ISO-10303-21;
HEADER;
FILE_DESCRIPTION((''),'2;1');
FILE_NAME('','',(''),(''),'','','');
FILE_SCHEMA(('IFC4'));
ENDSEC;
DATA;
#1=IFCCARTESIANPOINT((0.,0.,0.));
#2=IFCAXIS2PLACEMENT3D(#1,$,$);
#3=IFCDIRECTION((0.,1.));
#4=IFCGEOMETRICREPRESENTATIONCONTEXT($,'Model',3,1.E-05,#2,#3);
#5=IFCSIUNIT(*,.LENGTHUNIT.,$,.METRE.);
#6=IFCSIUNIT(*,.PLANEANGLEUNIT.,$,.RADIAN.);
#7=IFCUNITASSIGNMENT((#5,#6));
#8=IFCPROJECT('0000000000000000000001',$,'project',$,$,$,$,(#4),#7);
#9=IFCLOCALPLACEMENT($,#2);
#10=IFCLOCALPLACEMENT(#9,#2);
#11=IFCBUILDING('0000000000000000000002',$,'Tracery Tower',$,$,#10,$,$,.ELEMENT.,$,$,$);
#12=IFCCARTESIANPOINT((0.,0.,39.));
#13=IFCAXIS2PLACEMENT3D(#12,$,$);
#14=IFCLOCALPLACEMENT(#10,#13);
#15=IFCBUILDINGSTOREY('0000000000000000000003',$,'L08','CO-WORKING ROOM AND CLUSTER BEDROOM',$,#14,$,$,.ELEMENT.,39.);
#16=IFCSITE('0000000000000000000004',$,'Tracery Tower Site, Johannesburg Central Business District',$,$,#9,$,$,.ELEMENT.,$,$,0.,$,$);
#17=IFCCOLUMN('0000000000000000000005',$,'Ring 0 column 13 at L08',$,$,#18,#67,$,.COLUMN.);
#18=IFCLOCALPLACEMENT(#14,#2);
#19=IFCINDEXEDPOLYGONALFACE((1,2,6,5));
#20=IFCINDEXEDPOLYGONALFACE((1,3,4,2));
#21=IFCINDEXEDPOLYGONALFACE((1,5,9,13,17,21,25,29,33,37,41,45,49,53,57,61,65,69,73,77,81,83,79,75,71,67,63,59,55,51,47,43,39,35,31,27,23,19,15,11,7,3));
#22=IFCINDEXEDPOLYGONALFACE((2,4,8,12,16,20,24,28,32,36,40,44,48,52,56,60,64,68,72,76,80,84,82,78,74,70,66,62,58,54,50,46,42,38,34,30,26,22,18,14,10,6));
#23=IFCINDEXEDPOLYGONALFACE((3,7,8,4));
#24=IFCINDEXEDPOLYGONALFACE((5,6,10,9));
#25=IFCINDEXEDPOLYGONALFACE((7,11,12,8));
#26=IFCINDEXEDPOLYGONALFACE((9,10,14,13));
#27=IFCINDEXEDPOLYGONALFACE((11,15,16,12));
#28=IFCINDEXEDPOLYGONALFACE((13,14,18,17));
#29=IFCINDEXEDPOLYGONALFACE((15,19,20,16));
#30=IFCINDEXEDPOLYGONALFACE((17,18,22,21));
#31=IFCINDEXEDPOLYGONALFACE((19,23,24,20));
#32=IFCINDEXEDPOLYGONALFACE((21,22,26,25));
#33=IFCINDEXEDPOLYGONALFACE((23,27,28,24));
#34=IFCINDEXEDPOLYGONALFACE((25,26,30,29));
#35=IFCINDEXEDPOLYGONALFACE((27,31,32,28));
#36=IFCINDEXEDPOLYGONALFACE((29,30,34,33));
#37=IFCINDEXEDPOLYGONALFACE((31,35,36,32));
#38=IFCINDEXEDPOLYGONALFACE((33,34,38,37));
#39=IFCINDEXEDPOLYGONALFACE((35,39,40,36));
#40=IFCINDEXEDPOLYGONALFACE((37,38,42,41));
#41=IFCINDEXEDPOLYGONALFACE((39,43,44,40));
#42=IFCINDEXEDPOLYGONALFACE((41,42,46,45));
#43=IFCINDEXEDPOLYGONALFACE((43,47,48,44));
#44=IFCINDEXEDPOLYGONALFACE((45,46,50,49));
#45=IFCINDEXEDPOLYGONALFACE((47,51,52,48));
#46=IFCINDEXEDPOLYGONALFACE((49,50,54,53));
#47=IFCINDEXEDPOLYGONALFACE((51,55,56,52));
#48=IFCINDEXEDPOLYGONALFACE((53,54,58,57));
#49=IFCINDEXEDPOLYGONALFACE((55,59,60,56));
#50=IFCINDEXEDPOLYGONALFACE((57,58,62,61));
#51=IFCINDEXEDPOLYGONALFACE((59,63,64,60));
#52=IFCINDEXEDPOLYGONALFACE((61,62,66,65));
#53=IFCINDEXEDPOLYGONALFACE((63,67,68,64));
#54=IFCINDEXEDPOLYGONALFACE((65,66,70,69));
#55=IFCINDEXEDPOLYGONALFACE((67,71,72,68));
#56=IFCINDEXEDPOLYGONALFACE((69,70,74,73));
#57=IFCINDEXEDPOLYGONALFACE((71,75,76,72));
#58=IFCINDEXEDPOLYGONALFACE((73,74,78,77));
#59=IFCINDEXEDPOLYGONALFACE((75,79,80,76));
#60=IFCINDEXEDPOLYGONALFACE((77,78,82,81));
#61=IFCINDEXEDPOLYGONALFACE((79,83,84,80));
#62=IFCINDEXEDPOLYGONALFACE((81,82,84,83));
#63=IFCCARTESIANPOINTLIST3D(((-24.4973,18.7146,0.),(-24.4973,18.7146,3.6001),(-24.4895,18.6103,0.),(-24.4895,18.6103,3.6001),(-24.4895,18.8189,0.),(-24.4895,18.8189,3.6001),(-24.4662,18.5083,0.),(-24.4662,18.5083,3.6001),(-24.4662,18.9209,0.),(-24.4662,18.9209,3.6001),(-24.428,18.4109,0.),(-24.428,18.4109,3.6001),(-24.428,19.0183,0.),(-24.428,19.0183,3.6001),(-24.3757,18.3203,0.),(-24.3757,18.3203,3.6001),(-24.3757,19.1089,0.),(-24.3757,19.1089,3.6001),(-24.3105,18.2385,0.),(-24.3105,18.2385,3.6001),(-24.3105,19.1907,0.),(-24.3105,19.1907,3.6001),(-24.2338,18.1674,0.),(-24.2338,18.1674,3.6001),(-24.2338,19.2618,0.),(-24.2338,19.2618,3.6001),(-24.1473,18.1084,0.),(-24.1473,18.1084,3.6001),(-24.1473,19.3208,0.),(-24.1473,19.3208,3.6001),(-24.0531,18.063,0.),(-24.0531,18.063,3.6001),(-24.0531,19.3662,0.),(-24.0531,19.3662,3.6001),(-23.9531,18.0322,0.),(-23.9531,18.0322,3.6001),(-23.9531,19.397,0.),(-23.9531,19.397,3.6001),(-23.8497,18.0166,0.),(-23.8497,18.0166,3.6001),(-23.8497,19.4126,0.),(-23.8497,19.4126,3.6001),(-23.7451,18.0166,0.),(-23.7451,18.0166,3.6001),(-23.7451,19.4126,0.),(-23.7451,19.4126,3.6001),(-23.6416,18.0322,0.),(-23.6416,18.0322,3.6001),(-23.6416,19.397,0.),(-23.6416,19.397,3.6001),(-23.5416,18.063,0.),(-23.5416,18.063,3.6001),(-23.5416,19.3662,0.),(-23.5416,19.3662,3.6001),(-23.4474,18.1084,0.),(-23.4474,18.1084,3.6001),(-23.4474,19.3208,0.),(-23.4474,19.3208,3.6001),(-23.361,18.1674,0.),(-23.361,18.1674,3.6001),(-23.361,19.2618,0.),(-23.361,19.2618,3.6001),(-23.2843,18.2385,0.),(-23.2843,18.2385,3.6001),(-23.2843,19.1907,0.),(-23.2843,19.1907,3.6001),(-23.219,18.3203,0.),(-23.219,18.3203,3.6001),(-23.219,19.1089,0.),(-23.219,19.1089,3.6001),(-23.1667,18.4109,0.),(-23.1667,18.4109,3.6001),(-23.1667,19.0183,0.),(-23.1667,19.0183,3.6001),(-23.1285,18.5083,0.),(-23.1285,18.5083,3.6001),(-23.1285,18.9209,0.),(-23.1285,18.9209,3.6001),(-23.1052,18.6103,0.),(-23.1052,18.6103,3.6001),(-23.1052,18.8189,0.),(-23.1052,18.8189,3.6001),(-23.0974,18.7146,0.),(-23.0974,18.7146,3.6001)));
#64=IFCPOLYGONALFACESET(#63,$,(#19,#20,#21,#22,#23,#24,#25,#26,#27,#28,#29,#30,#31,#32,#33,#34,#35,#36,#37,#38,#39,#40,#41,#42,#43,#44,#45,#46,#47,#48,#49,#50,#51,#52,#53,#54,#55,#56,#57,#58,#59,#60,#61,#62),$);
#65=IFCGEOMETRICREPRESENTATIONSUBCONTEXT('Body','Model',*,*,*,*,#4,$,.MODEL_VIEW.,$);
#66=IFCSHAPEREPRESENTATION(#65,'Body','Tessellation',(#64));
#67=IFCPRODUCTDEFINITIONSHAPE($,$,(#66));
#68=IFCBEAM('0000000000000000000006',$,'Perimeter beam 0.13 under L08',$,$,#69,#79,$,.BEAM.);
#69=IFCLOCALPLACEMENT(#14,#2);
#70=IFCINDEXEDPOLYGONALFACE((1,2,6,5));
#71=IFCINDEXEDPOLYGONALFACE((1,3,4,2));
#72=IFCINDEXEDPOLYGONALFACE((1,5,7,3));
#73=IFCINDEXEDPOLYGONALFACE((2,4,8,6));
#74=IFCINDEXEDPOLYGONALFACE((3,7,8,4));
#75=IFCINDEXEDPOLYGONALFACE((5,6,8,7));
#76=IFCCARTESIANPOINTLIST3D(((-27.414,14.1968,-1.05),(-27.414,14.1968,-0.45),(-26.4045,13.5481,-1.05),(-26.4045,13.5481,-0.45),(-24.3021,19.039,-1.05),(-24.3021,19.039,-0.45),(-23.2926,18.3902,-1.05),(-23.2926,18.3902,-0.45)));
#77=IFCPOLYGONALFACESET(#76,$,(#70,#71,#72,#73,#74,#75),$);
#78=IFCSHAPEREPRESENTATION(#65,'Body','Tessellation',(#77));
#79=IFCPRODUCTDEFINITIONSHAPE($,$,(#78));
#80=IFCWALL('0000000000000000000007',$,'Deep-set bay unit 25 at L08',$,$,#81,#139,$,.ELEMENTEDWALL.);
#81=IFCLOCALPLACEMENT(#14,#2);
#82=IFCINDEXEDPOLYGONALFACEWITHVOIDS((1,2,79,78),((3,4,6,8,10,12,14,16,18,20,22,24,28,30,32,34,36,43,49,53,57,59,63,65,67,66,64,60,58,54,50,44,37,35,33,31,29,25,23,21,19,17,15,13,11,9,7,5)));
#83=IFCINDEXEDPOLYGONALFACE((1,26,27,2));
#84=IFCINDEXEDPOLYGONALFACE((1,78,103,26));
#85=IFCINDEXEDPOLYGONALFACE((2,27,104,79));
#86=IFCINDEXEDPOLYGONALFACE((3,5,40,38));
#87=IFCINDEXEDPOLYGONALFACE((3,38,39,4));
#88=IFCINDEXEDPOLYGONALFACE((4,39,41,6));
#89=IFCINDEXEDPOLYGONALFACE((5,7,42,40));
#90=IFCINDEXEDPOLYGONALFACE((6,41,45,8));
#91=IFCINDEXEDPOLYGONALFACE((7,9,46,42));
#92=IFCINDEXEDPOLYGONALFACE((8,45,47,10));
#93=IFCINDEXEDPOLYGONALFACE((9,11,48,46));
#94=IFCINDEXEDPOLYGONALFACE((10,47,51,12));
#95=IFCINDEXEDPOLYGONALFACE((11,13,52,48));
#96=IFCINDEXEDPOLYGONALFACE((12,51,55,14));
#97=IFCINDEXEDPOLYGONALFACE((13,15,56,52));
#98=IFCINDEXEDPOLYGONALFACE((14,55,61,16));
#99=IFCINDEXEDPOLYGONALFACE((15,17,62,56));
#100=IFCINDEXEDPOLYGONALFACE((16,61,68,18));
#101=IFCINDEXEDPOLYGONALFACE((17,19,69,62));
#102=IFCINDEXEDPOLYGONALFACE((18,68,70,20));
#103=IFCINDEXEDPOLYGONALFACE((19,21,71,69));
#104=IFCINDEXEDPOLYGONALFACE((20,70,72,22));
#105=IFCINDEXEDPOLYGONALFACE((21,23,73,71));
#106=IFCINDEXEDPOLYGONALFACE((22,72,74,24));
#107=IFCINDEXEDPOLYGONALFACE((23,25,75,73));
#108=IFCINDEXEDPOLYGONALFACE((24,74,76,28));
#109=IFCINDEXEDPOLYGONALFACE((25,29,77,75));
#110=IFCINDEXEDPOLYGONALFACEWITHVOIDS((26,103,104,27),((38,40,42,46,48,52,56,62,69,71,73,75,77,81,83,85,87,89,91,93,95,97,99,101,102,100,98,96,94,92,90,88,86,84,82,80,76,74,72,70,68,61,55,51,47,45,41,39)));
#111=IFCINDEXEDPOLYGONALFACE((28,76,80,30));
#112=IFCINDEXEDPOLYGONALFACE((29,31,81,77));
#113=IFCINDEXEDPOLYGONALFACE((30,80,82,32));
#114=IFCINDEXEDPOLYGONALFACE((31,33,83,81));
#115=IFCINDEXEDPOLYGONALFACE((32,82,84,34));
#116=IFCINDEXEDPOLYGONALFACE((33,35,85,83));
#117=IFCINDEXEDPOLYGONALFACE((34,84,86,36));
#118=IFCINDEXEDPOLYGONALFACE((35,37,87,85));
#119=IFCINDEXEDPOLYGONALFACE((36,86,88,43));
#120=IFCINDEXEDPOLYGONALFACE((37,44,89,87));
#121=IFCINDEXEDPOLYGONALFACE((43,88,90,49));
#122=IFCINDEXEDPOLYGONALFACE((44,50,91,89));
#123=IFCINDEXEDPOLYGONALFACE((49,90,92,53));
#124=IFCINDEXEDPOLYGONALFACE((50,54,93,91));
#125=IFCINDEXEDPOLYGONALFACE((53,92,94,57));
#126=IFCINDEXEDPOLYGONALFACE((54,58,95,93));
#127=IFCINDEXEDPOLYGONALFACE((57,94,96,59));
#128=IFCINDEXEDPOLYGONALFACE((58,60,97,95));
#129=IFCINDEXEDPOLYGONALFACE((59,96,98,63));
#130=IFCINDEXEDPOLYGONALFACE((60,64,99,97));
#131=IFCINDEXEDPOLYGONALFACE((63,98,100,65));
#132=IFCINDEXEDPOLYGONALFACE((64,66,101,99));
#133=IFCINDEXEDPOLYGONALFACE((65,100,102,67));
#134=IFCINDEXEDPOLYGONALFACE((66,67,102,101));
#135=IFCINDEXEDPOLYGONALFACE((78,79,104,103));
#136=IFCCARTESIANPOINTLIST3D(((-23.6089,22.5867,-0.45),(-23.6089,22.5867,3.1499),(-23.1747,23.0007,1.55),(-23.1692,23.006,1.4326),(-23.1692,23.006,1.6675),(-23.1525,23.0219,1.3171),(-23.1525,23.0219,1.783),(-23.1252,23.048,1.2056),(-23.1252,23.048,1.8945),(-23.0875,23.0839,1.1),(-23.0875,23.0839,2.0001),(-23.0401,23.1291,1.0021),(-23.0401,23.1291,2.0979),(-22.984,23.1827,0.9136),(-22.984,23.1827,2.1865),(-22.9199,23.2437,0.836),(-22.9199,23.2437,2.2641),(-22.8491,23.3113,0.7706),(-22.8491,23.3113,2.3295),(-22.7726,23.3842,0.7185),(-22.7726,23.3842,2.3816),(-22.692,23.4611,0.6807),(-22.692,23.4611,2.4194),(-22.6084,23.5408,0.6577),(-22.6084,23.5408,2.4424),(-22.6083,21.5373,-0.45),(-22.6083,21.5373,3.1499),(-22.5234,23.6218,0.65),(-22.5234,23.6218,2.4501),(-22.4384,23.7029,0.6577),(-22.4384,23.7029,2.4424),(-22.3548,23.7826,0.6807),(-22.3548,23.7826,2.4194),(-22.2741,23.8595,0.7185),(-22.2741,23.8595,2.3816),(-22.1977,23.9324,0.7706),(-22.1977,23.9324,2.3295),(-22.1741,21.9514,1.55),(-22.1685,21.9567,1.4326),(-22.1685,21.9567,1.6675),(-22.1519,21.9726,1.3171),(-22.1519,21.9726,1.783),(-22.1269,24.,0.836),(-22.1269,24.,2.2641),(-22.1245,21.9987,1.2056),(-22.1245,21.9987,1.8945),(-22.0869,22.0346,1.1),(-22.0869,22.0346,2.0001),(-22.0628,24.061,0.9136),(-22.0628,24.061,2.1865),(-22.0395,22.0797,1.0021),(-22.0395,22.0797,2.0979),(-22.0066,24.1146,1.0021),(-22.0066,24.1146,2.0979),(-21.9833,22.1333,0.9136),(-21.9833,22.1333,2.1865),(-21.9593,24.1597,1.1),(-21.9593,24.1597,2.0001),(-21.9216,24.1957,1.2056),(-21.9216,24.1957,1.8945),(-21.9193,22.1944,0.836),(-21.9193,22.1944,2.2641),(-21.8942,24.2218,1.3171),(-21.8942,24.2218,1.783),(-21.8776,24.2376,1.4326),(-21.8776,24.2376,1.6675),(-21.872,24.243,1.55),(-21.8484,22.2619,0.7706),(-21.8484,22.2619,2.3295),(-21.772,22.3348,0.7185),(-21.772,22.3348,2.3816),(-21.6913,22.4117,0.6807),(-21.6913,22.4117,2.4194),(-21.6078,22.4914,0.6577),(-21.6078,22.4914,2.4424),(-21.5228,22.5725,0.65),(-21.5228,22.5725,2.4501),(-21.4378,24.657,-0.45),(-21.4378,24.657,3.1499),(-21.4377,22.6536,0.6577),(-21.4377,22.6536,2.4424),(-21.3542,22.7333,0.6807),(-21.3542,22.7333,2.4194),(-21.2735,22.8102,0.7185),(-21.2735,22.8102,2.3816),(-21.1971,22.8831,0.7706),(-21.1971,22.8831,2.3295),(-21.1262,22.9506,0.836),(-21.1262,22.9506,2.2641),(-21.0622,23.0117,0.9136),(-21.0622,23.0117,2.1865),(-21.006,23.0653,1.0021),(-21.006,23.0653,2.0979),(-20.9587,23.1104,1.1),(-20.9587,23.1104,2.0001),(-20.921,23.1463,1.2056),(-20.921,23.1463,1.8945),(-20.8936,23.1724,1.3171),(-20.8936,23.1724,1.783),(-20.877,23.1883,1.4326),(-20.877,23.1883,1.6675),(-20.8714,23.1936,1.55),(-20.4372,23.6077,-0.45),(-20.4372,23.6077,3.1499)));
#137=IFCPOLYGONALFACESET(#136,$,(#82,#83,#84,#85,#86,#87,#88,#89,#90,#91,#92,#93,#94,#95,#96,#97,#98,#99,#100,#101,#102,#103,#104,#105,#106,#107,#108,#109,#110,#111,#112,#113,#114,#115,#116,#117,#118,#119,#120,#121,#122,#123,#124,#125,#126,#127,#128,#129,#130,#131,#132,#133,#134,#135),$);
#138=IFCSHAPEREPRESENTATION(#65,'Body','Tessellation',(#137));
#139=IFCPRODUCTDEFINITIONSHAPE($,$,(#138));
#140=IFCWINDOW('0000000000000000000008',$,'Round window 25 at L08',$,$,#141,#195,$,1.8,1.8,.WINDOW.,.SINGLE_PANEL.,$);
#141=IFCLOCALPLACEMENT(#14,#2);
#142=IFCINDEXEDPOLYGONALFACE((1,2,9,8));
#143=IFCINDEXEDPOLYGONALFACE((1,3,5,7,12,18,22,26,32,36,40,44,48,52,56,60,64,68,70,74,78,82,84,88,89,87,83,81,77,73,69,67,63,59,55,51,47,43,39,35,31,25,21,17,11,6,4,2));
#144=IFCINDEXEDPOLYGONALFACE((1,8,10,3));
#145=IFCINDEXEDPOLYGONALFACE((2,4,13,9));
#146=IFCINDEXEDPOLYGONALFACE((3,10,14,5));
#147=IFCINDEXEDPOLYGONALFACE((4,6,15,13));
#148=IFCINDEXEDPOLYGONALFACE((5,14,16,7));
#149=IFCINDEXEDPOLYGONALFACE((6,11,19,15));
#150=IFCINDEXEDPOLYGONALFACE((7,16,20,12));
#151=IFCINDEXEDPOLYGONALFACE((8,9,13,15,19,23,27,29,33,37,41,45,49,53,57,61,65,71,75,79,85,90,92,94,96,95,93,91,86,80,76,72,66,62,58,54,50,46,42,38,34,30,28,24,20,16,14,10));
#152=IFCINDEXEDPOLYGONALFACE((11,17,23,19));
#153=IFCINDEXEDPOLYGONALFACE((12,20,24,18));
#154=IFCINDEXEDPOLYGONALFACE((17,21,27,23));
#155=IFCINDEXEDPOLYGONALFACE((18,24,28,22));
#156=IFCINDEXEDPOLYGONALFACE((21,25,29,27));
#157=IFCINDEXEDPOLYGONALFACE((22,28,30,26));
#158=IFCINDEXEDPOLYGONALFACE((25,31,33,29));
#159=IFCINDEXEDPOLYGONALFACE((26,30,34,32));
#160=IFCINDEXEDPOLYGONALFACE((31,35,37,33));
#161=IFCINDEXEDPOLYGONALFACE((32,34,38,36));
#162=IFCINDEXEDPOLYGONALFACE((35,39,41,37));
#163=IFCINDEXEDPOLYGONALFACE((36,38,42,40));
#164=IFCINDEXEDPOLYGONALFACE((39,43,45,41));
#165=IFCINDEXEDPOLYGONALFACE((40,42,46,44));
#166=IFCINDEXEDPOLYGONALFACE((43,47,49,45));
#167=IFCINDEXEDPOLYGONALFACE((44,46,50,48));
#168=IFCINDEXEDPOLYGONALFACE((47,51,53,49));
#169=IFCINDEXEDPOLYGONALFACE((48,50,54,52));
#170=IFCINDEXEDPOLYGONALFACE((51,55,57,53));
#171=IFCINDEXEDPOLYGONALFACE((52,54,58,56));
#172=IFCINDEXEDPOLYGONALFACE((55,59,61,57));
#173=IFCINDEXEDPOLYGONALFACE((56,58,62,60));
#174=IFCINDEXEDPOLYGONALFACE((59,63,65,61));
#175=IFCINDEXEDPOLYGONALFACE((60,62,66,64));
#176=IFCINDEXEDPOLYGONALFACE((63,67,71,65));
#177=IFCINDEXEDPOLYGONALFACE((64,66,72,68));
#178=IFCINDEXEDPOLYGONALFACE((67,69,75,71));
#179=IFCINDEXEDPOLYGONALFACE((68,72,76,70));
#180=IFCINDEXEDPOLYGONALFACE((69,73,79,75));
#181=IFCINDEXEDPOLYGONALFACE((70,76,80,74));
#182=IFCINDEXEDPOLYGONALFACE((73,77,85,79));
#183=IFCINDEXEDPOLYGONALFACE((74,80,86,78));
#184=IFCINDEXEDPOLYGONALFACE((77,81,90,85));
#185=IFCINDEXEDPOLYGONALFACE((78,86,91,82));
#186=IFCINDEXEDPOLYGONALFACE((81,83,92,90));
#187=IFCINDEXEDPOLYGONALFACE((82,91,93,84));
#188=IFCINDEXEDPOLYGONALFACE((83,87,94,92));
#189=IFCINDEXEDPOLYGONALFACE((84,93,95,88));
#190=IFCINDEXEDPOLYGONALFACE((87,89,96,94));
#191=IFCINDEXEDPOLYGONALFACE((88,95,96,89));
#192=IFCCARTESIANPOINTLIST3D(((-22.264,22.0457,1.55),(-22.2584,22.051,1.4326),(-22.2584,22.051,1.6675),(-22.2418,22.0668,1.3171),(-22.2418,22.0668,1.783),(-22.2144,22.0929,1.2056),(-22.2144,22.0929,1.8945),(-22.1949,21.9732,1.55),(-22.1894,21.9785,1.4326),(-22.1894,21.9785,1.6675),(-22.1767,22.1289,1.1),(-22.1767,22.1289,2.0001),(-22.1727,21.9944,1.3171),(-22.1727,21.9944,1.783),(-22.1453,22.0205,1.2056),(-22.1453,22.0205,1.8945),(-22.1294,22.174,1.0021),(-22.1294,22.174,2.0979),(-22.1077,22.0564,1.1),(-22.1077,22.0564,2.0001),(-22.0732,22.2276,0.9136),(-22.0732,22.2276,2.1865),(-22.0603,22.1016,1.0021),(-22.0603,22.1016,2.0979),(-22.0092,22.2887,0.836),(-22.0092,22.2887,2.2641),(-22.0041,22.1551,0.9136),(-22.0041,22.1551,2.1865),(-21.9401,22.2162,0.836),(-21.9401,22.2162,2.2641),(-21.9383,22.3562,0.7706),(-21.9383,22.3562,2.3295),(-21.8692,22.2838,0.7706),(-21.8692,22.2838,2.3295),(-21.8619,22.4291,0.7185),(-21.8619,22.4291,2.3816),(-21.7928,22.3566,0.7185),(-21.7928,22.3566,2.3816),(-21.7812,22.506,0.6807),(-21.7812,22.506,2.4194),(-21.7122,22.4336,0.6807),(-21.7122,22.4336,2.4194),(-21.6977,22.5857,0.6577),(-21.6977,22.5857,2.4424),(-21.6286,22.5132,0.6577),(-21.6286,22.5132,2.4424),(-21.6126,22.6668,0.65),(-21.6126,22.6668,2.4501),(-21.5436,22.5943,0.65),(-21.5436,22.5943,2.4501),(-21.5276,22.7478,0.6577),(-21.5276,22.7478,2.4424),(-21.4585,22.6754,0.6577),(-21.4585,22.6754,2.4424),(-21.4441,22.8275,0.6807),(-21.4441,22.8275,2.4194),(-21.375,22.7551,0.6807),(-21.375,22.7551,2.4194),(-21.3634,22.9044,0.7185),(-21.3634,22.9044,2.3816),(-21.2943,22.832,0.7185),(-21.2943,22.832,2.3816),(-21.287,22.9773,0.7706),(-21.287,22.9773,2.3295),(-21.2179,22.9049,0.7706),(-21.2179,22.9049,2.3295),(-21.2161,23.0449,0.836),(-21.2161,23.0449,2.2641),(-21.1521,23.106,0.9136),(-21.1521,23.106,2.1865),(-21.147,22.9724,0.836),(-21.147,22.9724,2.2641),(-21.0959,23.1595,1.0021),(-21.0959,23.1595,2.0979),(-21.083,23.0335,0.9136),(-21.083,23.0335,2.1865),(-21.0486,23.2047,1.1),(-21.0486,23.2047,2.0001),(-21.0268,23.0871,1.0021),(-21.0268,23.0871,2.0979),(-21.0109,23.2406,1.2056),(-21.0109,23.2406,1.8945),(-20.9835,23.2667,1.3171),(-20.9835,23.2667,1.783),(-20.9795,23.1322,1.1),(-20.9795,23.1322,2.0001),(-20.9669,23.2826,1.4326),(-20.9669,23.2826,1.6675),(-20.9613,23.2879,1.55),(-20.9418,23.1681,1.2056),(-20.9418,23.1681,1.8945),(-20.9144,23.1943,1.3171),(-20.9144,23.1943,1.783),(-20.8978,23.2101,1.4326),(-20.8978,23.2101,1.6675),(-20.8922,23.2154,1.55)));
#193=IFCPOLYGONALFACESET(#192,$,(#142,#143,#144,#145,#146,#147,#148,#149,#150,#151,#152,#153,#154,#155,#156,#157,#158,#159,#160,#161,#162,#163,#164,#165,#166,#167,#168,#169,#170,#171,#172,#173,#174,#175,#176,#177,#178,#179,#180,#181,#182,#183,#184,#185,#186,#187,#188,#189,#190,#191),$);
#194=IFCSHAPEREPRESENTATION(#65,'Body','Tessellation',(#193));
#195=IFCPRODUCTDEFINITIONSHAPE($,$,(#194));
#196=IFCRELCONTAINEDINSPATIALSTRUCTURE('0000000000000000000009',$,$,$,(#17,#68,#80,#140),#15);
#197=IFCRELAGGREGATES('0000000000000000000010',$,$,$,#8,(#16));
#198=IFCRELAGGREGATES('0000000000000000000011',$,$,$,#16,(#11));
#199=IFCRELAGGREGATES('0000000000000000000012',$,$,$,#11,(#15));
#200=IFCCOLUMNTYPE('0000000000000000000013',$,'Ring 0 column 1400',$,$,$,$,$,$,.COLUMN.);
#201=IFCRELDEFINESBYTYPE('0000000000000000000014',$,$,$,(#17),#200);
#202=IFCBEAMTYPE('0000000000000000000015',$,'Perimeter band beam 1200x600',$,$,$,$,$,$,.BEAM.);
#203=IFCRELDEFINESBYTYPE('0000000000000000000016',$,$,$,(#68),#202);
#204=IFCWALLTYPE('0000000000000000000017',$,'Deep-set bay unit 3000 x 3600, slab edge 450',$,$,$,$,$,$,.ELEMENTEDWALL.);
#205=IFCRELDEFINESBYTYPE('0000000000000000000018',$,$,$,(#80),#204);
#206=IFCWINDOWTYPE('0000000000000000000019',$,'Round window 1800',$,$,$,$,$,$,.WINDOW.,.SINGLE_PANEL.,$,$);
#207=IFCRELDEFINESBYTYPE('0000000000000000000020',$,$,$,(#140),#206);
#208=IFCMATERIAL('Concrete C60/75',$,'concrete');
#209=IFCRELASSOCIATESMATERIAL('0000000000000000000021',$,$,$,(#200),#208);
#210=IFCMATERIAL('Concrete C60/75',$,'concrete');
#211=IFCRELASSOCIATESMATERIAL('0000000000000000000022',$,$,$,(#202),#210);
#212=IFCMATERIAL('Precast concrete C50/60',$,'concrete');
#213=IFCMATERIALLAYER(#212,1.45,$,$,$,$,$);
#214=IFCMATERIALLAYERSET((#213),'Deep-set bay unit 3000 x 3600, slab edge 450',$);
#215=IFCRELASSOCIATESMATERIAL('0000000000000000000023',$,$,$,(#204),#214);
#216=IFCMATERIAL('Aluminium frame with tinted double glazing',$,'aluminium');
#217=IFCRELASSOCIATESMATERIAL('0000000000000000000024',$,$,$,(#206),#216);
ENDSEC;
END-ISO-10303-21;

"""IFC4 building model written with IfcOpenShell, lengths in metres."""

from ifc_helpers import new_model, si_unit, direction, frame, frame_2d, origin, origin_2d, place, context, subcontext, project, spatial, rectangle, circle, extrude, material, layer, layer_set, material_profile, profile_set, type_object, element, fill, save


model = new_model("IFC4")

# Units and contexts
model_context = context("Model", 3, precision=1e-05, world=origin(), true_north=direction((0.0, 1.0)))
body_context = subcontext(model_context, "Body", "Model", "MODEL_VIEW")
ifc_project = project(units=[si_unit("LENGTHUNIT", "METRE"), si_unit("PLANEANGLEUNIT", "RADIAN")], contexts=[model_context])

# Site, building, storey
site_placement = place(None, origin())
site = spatial("IfcSite", under=ifc_project, at=site_placement, Name="Tracery Tower Site, Johannesburg Central Business District", CompositionType="ELEMENT", RefElevation=0.0)
building_placement = place(site_placement, origin())
building = spatial("IfcBuilding", under=site, at=building_placement, Name="Tracery Tower", CompositionType="ELEMENT")
storey_placement = place(building_placement, frame((0.0, 0.0, 39.0)))
storey = spatial("IfcBuildingStorey", under=building, at=storey_placement, Name="L08", Description="CO-WORKING ROOM AND CLUSTER BEDROOM", CompositionType="ELEMENT", Elevation=39.0)

# Column
ifc_material_1 = material(Name="Concrete C60/75", Category="concrete")
ifc_material_profile_1 = material_profile(ifc_material_1, circle(Radius=0.7, at=origin_2d()), Name="RC D1400")
ifc_profile_set_1 = profile_set([ifc_material_profile_1], Name="Concrete C60/75")
column_type = type_object("IfcColumnType", Name="Ring 0 column 1400", PredefinedType="COLUMN", material=ifc_profile_set_1)
column_placement = place(storey_placement, frame((-23.7974, 18.7146, 0.0), z_axis=(0.0, 0.0, 1.0), x_axis=(1.0, 0.0, 0.0)))
element("IfcColumn", 1, at=column_placement, inside=storey, type_object=column_type, Name="Ring 0 column 13 at L08", PredefinedType="COLUMN", context=body_context, shape_type="SweptSolid", body=[
    extrude(circle(Radius=0.7, at=origin_2d()), origin(), (0.0, 0.0, 1.0), 3.6001),
])

# Beam
ifc_material_2 = material(Name="Concrete C60/75", Category="concrete")
ifc_material_profile_2 = material_profile(ifc_material_2, rectangle(XDim=1.2, YDim=0.6001, at=origin_2d()), Name="RC 1200x600")
ifc_profile_set_2 = profile_set([ifc_material_profile_2], Name="Concrete C60/75")
beam_type = type_object("IfcBeamType", Name="Perimeter band beam 1200x600", PredefinedType="BEAM", material=ifc_profile_set_2)
beam_placement = place(storey_placement, frame((-23.7974, 18.7146, -0.75), z_axis=(-0.540644, -0.841252, 0.0), x_axis=(0.841252, -0.540644, 0.0)))
element("IfcBeam", 2, at=beam_placement, inside=storey, type_object=beam_type, Name="Perimeter beam 0.13 under L08", PredefinedType="BEAM", context=body_context, shape_type="SweptSolid", body=[
    extrude(rectangle(XDim=1.2, YDim=0.6001, at=origin_2d()), origin(), (0.0, 0.0, 1.0), 5.7559),
])

# Wall, opening, window
ifc_material_3 = material(Name="Precast concrete C50/60", Category="concrete")
ifc_layer_1 = layer(ifc_material_3, 1.45)
ifc_layer_set_1 = layer_set([ifc_layer_1], Name="Deep-set bay unit 3000 x 3600, slab edge 450")
wall_type_1 = type_object("IfcWallType", Name="Deep-set bay unit 3000 x 3600, slab edge 450", PredefinedType="ELEMENTEDWALL", material=ifc_layer_set_1)
wall_1_placement = place(storey_placement, frame((-20.9375, 24.1323, -0.45), z_axis=(0.0, 0.0, 1.0), x_axis=(-0.723712, -0.690102, 0.0)))
wall_1 = element("IfcWall", 3, at=wall_1_placement, inside=storey, type_object=wall_type_1, Name="Deep-set bay unit 25 at L08", PredefinedType="ELEMENTEDWALL", context=body_context, shape_type="SweptSolid", body=[
    extrude(rectangle(XDim=3.0, YDim=1.45, at=frame_2d((1.5, 0.0))), origin(), (0.0, 0.0, 1.0), 3.5999),
])
opening_1_placement = place(wall_1_placement, frame((1.5, 0.0, 2.0)))
opening_1 = element("IfcOpeningElement", 4, at=opening_1_placement, cuts=wall_1, PredefinedType="OPENING", context=body_context, shape_type="SweptSolid", body=[
    extrude(circle(Radius=0.9, at=origin_2d()), frame((0.0, 0.7349, 0.0), z_axis=(0.0, -1.0, 0.0), x_axis=(1.0, 0.0, 0.0)), (0.0, 0.0, 1.0), 1.47),
])
ifc_material_4 = material(Name="Aluminium frame with tinted double glazing", Category="aluminium")
window_type = type_object("IfcWindowType", Name="Round window 1800", PartitioningType="SINGLE_PANEL", PredefinedType="WINDOW", material=ifc_material_4)
window_1_placement = place(opening_1_placement, origin())
window_1 = element("IfcWindow", 5, at=window_1_placement, inside=storey, type_object=window_type, Name="Round window 25 at L08", OverallHeight=1.8, OverallWidth=1.8, PartitioningType="SINGLE_PANEL", PredefinedType="WINDOW", context=body_context, shape_type="SweptSolid", body=[
    extrude(circle(Radius=0.9, at=origin_2d()), frame((0.0, 0.6948, 0.0), z_axis=(0.0, -1.0, 0.0), x_axis=(1.0, 0.0, 0.0)), (0.0, 0.0, 1.0), 0.1001),
])
fill(opening_1, window_1)

save(model, "model.ifc")
